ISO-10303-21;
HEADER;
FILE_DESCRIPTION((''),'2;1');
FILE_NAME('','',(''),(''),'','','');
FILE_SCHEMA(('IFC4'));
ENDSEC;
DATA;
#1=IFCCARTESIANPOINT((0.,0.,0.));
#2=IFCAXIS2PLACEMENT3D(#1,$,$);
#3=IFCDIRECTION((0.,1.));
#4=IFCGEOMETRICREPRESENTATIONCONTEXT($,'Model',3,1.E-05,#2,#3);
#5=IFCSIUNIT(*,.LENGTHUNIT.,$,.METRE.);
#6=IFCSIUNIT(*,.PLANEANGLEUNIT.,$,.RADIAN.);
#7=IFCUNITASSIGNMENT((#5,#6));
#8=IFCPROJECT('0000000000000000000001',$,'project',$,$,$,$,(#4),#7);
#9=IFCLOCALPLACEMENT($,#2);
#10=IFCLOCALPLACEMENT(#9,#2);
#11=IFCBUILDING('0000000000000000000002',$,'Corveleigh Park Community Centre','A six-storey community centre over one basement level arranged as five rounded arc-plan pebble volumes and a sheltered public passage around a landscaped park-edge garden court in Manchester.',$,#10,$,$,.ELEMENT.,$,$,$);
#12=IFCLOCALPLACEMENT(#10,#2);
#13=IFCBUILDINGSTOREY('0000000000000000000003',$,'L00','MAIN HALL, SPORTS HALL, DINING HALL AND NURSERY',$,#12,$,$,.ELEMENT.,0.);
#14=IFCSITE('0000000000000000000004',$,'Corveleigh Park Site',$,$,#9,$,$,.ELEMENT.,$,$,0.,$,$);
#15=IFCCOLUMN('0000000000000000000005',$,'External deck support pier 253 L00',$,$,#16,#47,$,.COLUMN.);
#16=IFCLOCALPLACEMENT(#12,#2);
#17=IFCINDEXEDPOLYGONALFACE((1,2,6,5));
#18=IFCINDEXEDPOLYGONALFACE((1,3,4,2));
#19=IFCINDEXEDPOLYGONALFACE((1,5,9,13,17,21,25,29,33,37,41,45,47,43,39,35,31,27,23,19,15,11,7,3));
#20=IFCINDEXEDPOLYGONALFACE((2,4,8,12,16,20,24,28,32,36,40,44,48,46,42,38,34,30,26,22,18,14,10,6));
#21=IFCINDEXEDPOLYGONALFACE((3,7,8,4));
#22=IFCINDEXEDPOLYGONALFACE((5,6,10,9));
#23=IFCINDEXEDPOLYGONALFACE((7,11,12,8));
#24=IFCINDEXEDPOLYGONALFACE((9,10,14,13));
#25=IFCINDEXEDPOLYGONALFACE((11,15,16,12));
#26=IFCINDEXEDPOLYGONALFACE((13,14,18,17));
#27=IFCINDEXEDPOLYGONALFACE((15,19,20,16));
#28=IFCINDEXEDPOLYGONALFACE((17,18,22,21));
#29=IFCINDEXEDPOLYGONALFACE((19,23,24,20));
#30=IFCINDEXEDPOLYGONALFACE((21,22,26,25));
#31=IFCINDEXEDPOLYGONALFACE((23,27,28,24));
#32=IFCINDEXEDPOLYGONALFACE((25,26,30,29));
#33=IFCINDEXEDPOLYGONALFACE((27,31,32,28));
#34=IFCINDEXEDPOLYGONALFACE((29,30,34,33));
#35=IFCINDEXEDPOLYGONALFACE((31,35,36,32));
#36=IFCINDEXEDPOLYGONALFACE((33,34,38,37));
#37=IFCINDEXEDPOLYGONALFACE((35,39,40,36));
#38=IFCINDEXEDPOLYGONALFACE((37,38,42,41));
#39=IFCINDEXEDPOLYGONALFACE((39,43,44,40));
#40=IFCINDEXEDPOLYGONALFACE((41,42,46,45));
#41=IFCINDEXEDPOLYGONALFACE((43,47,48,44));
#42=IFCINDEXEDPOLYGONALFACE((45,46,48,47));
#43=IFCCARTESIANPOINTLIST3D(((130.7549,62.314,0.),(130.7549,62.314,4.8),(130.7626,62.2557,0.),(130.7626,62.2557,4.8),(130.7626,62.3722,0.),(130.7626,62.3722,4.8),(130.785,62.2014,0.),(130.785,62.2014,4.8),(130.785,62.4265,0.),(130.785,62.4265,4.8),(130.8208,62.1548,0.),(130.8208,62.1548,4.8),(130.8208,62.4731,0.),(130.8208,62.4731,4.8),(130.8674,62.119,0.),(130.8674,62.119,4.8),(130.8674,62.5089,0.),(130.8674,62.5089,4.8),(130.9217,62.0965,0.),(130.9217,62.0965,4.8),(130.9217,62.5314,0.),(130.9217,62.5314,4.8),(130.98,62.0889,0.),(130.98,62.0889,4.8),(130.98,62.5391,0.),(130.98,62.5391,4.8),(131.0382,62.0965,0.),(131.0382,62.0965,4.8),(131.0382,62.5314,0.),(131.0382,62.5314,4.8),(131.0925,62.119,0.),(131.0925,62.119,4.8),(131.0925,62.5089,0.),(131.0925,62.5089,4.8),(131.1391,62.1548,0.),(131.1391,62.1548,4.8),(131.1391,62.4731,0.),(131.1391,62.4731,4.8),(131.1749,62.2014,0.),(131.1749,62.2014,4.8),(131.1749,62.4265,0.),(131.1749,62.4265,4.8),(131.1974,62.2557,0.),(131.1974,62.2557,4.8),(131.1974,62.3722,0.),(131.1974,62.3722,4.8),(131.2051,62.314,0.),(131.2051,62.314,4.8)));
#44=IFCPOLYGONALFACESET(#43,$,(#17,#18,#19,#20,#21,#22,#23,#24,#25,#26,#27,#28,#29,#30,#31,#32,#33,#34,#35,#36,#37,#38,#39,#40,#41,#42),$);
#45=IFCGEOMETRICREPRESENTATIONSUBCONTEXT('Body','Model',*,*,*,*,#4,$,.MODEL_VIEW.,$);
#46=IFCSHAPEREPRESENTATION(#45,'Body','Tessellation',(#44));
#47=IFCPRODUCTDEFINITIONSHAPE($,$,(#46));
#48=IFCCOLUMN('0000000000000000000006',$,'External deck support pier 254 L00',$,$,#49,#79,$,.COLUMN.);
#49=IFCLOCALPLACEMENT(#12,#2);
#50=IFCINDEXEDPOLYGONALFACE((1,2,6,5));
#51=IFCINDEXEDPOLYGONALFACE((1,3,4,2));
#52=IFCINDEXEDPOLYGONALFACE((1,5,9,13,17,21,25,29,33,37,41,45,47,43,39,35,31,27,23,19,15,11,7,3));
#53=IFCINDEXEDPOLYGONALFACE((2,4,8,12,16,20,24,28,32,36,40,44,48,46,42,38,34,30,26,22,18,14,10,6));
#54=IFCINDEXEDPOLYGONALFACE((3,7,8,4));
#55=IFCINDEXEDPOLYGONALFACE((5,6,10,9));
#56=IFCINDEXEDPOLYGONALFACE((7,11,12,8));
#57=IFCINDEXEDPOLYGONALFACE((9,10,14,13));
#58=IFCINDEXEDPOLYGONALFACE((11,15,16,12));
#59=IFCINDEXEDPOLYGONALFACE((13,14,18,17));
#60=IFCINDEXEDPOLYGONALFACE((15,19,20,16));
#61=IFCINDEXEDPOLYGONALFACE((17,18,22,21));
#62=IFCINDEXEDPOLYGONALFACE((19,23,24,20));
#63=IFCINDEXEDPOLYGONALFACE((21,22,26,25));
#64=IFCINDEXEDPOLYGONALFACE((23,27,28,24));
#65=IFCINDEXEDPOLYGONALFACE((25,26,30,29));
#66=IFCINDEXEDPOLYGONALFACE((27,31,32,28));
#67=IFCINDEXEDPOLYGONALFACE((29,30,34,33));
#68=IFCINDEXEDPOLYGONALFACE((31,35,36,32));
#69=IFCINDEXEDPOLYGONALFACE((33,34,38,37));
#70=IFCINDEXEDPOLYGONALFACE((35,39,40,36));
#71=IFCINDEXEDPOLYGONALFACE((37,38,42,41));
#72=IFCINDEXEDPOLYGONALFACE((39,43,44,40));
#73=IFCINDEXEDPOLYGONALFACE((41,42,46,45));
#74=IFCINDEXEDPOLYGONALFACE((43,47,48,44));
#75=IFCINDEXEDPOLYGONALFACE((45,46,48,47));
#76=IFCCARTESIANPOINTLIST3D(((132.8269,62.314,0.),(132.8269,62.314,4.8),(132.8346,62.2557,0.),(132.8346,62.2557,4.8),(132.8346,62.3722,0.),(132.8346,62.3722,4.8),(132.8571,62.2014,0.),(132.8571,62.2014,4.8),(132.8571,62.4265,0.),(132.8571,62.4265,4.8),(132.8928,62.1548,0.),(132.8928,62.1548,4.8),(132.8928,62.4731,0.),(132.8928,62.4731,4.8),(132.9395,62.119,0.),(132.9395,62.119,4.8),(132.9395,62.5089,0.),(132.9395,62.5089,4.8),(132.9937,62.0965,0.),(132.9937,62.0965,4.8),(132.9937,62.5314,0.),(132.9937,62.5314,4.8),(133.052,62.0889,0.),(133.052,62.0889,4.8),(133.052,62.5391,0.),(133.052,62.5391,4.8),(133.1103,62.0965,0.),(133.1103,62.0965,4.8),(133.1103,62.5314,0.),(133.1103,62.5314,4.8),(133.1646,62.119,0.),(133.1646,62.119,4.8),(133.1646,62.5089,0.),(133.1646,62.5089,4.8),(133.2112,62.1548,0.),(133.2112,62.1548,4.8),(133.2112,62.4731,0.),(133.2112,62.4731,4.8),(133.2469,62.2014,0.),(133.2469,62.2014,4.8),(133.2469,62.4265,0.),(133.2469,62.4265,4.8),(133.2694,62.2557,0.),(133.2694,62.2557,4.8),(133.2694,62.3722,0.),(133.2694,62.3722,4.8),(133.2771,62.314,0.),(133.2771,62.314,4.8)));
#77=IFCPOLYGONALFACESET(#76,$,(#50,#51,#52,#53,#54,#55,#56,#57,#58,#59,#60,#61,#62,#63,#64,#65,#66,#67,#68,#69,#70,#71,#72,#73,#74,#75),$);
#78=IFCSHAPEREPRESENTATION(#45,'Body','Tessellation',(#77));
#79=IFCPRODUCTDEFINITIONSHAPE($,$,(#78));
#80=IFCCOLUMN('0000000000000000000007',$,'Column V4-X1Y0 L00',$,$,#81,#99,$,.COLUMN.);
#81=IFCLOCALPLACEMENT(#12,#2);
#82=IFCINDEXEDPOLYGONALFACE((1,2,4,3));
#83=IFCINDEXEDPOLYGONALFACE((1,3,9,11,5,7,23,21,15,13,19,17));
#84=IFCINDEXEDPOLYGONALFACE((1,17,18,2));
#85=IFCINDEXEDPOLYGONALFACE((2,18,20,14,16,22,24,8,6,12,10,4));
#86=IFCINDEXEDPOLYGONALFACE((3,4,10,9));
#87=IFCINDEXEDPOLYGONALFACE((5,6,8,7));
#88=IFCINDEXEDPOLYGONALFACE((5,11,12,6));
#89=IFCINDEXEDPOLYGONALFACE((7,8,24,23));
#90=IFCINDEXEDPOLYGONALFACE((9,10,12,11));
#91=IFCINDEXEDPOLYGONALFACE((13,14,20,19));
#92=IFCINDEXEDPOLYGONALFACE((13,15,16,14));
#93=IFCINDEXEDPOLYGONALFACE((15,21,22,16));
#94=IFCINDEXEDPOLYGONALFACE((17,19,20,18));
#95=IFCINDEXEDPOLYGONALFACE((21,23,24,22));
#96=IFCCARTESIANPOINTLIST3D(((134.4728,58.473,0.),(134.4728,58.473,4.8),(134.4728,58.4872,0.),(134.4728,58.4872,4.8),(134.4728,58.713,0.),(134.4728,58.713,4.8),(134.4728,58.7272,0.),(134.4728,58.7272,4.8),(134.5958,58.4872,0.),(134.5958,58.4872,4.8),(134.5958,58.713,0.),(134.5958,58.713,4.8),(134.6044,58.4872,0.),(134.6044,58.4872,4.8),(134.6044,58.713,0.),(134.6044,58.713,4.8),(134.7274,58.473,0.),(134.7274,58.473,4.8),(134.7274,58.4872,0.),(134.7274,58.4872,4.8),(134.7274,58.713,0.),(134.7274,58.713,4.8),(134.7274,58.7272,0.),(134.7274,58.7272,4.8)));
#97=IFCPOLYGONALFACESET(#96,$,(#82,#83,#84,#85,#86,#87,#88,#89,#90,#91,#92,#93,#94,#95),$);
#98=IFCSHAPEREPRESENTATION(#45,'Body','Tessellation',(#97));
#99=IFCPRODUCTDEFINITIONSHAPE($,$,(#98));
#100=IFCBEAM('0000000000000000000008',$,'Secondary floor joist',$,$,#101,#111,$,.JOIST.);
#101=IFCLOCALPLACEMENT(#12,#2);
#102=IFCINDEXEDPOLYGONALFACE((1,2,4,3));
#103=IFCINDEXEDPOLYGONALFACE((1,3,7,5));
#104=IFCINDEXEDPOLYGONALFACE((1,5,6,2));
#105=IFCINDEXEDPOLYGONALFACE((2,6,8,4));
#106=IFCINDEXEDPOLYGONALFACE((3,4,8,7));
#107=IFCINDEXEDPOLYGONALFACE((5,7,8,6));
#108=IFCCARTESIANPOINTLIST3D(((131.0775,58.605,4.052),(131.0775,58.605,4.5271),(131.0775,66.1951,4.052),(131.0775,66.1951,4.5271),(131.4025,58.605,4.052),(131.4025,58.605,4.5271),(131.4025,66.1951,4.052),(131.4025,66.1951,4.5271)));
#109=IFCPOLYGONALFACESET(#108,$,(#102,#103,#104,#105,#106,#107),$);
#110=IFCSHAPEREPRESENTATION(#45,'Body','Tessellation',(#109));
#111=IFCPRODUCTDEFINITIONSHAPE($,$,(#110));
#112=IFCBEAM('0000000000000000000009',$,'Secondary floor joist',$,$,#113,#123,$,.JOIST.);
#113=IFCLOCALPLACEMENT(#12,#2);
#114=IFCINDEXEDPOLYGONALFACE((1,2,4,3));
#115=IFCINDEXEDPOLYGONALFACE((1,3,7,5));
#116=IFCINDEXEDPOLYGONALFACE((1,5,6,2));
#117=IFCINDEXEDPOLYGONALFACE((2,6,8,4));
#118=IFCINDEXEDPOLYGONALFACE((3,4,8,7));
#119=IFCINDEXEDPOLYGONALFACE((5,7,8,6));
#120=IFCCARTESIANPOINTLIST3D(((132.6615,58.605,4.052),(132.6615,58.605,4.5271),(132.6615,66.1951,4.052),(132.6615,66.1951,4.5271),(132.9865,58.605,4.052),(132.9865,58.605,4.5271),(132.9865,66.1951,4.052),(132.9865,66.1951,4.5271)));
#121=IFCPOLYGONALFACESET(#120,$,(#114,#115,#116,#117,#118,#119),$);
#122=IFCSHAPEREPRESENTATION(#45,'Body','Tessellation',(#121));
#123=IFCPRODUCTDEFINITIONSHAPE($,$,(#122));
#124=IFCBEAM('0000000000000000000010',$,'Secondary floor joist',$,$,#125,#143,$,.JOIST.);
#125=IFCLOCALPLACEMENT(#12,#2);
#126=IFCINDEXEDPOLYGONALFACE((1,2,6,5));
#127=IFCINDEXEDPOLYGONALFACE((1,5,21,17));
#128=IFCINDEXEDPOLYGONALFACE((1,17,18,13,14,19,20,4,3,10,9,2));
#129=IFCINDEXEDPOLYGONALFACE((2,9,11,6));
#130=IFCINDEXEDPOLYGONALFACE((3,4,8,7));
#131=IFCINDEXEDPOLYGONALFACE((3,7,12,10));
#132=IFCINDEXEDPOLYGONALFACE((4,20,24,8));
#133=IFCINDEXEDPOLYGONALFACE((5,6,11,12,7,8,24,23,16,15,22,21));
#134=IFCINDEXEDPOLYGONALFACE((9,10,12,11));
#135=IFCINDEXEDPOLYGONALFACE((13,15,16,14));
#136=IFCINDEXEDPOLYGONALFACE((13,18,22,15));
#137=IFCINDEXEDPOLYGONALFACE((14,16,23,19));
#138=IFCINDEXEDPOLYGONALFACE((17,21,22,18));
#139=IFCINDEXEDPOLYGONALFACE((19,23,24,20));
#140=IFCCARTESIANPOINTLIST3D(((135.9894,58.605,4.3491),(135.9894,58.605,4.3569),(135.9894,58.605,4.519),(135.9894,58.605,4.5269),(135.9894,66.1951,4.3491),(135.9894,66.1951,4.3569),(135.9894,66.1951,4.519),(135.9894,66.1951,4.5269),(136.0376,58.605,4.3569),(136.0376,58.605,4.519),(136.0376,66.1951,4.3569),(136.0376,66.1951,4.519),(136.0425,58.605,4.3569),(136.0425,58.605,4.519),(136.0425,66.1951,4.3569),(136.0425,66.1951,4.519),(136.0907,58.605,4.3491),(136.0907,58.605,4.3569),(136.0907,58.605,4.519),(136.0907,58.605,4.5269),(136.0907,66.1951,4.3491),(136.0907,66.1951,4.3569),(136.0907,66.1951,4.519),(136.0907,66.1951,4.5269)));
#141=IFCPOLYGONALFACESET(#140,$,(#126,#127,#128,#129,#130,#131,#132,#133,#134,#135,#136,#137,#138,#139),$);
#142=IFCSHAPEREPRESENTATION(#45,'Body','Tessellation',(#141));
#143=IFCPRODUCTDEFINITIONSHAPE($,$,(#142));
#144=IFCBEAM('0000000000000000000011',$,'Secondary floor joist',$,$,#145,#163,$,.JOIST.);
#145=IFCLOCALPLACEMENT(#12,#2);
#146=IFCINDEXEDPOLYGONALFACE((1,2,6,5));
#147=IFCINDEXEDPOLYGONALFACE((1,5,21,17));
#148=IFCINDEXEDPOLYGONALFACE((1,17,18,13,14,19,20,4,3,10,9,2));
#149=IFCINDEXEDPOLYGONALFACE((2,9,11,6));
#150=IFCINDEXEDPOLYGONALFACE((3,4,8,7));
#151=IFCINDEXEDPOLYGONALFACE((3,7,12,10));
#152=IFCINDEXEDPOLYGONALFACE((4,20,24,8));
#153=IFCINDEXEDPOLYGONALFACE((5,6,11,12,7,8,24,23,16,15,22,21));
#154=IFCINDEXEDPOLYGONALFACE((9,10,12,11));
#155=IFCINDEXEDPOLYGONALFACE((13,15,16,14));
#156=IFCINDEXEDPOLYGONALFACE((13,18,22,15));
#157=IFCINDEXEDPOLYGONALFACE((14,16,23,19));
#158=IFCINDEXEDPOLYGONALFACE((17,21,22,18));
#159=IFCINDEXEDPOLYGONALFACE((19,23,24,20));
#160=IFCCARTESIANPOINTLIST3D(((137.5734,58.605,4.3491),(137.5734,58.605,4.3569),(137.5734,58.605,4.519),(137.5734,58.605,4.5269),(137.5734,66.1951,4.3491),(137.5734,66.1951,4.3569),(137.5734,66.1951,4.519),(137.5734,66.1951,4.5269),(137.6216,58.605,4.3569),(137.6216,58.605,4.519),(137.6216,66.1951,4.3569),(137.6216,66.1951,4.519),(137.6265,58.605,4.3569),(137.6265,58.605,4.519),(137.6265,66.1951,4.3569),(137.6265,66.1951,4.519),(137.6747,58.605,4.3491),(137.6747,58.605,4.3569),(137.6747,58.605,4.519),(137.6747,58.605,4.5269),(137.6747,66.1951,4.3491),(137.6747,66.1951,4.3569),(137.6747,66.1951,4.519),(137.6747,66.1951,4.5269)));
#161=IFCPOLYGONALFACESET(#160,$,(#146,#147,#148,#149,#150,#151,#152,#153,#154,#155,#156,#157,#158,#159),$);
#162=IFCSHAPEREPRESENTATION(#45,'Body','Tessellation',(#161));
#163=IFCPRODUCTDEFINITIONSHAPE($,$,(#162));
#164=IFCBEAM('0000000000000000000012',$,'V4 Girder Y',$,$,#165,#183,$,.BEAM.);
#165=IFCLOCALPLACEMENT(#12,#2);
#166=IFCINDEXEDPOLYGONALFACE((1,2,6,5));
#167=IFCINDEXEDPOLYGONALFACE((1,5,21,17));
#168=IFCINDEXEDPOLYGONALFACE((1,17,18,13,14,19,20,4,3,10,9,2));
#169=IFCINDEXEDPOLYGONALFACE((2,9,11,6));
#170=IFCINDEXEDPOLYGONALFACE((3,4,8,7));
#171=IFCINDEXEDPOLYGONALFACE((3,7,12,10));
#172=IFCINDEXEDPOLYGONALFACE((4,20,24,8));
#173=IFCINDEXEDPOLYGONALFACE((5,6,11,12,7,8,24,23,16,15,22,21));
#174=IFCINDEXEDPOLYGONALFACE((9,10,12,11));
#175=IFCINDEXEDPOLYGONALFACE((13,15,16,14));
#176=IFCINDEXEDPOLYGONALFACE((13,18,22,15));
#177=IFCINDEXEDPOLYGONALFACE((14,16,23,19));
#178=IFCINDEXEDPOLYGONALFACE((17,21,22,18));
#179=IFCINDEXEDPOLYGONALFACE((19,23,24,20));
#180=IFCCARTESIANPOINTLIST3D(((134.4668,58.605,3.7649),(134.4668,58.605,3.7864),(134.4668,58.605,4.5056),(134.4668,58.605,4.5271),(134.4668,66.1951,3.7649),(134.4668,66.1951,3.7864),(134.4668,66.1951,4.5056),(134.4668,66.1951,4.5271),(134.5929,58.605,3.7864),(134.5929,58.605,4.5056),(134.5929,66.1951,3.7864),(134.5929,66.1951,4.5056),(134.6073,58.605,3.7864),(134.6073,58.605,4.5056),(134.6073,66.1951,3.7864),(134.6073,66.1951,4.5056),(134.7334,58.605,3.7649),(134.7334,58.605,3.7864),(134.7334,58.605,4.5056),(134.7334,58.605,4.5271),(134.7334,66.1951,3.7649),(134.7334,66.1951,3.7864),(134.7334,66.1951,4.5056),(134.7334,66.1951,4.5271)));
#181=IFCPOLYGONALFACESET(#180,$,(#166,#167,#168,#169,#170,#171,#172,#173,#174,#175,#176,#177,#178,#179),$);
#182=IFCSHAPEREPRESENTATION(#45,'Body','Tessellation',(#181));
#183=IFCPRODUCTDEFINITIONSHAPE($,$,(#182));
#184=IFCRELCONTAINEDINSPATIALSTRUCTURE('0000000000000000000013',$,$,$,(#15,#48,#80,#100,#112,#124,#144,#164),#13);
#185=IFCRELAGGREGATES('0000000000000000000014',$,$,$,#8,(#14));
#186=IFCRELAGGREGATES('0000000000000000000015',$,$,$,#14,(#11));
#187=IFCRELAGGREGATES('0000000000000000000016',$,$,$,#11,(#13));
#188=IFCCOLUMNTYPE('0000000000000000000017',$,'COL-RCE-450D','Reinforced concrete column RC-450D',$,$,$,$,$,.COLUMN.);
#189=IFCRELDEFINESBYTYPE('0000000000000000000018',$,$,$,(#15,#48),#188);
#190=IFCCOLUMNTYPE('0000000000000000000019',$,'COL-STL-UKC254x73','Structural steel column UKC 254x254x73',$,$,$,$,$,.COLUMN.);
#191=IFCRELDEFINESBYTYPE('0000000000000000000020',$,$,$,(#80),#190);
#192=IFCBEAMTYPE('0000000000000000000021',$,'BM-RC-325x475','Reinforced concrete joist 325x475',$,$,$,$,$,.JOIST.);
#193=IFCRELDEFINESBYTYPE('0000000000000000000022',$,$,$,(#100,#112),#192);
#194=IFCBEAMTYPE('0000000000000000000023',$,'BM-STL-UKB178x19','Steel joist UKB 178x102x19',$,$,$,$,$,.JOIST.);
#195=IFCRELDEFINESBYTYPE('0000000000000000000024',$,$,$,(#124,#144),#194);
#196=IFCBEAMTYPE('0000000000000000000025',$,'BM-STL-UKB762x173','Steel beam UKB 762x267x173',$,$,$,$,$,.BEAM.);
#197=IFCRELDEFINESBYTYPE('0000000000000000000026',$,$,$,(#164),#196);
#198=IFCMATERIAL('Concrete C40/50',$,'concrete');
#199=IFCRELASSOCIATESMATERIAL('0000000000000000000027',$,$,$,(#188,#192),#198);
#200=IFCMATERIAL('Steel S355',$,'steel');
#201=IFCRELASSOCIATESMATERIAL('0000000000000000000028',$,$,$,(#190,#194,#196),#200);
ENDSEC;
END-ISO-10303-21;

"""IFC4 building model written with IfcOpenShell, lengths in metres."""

from ifc_helpers import new_model, si_unit, direction, frame, origin, origin_2d, place, context, subcontext, project, spatial, rectangle, circle, i_section, extrude, material, material_profile, profile_set, type_object, element, save


model = new_model("IFC4")

# Units and contexts
model_context = context("Model", 3, precision=1e-05, world=origin(), true_north=direction((0.0, 1.0)))
body_context = subcontext(model_context, "Body", "Model", "MODEL_VIEW")
ifc_project = project(units=[si_unit("LENGTHUNIT", "METRE"), si_unit("PLANEANGLEUNIT", "RADIAN")], contexts=[model_context])

# Site, building, storey
site_placement = place(None, origin())
site = spatial("IfcSite", under=ifc_project, at=site_placement, Name="Corveleigh Park Site", CompositionType="ELEMENT", RefElevation=0.0)
building_placement = place(site_placement, origin())
building = spatial("IfcBuilding", under=site, at=building_placement, Name="Corveleigh Park Community Centre", Description="A six-storey community centre over one basement level arranged as five rounded arc-plan pebble volumes and a sheltered public passage around a landscaped park-edge garden court in Manchester.", CompositionType="ELEMENT")
storey_placement = place(building_placement, origin())
storey = spatial("IfcBuildingStorey", under=building, at=storey_placement, Name="L00", Description="MAIN HALL, SPORTS HALL, DINING HALL AND NURSERY", CompositionType="ELEMENT", Elevation=0.0)

# Columns
ifc_material_1 = material(Name="Concrete C40/50", Category="concrete")
ifc_material_profile_1 = material_profile(ifc_material_1, circle(Radius=0.2251, at=origin_2d()), Name="RC-450D", Category="concrete")
ifc_profile_set_1 = profile_set([ifc_material_profile_1], Name="Concrete C40/50")
column_type_1 = type_object("IfcColumnType", Name="COL-RCE-450D", Description="Reinforced concrete column RC-450D", PredefinedType="COLUMN", material=ifc_profile_set_1)
for number, where, z_axis, x_axis, name in (
    (1, (130.98, 62.314, 0.0), (0.0, 0.0, 1.0), (1.0, 0.0, 0.0), "External deck support pier 253 L00"),
    (2, (133.052, 62.314, 0.0), (0.0, 0.0, 1.0), (1.0, 0.0, 0.0), "External deck support pier 254 L00"),
):
    element("IfcColumn", number, at=place(storey_placement, frame(where, z_axis=z_axis, x_axis=x_axis)), inside=storey, type_object=column_type_1, Name=name, PredefinedType="COLUMN", context=body_context, shape_type="SweptSolid", body=[
        extrude(circle(Radius=0.2251, at=origin_2d()), origin(), (0.0, 0.0, 1.0), 4.8),
    ])
ifc_material_2 = material(Name="Steel S355", Category="steel")
ifc_material_profile_2 = material_profile(ifc_material_2, i_section(OverallWidth=0.2546, OverallDepth=0.2542, WebThickness=0.0085, FlangeThickness=0.0142, at=origin_2d()), Name="UKC 254x254x73", Category="steel")
ifc_profile_set_2 = profile_set([ifc_material_profile_2], Name="Steel S355")
column_type_2 = type_object("IfcColumnType", Name="COL-STL-UKC254x73", Description="Structural steel column UKC 254x254x73", PredefinedType="COLUMN", material=ifc_profile_set_2)
column_placement = place(storey_placement, frame((134.6001, 58.6001, 0.0), z_axis=(0.0, 0.0, 1.0), x_axis=(1.0, 0.0, 0.0)))
element("IfcColumn", 3, at=column_placement, inside=storey, type_object=column_type_2, Name="Column V4-X1Y0 L00", PredefinedType="COLUMN", context=body_context, shape_type="SweptSolid", body=[
    extrude(i_section(OverallWidth=0.2546, OverallDepth=0.2542, WebThickness=0.0085, FlangeThickness=0.0142, at=origin_2d()), origin(), (0.0, 0.0, 1.0), 4.8),
])

# Beams
ifc_material_profile_3 = material_profile(ifc_material_1, rectangle(XDim=0.325, YDim=0.4751, at=origin_2d()), Name="RC-325x475", Category="concrete")
ifc_profile_set_3 = profile_set([ifc_material_profile_3], Name="Concrete C40/50")
beam_type_1 = type_object("IfcBeamType", Name="BM-RC-325x475", Description="Reinforced concrete joist 325x475", PredefinedType="JOIST", material=ifc_profile_set_3)
for number, where, z_axis, x_axis, name in (
    (4, (131.24, 58.605, 4.2896), (0.0, 1.0, 0.0), (-1.0, 0.0, 0.0), "Secondary floor joist"),
    (5, (132.824, 58.605, 4.2896), (0.0, 1.0, 0.0), (-1.0, 0.0, 0.0), "Secondary floor joist"),
):
    element("IfcBeam", number, at=place(storey_placement, frame(where, z_axis=z_axis, x_axis=x_axis)), inside=storey, type_object=beam_type_1, Name=name, PredefinedType="JOIST", context=body_context, shape_type="SweptSolid", body=[
        extrude(rectangle(XDim=0.325, YDim=0.4751, at=origin_2d()), origin(), (0.0, 0.0, 1.0), 7.5901),
    ])
ifc_material_profile_4 = material_profile(ifc_material_2, i_section(OverallWidth=0.1013, OverallDepth=0.1777, WebThickness=0.0049, FlangeThickness=0.0078, at=origin_2d()), Name="UKB 178x102x19", Category="steel")
ifc_profile_set_4 = profile_set([ifc_material_profile_4], Name="Steel S355")
beam_type_2 = type_object("IfcBeamType", Name="BM-STL-UKB178x19", Description="Steel joist UKB 178x102x19", PredefinedType="JOIST", material=ifc_profile_set_4)
for number, where, z_axis, x_axis, name in (
    (6, (136.04, 58.605, 4.438), (0.0, 1.0, 0.0), (-1.0, 0.0, 0.0), "Secondary floor joist"),
    (7, (137.624, 58.605, 4.438), (0.0, 1.0, 0.0), (-1.0, 0.0, 0.0), "Secondary floor joist"),
):
    element("IfcBeam", number, at=place(storey_placement, frame(where, z_axis=z_axis, x_axis=x_axis)), inside=storey, type_object=beam_type_2, Name=name, PredefinedType="JOIST", context=body_context, shape_type="SweptSolid", body=[
        extrude(i_section(OverallWidth=0.1013, OverallDepth=0.1777, WebThickness=0.0049, FlangeThickness=0.0078, at=origin_2d()), origin(), (0.0, 0.0, 1.0), 7.5901),
    ])
ifc_material_profile_5 = material_profile(ifc_material_2, i_section(OverallWidth=0.2666, OverallDepth=0.7622, WebThickness=0.0144, FlangeThickness=0.0215, at=origin_2d()), Name="UKB 762x267x173", Category="steel")
ifc_profile_set_5 = profile_set([ifc_material_profile_5], Name="Steel S355")
beam_type_3 = type_object("IfcBeamType", Name="BM-STL-UKB762x173", Description="Steel beam UKB 762x267x173", PredefinedType="BEAM", material=ifc_profile_set_5)
beam_1_placement = place(storey_placement, frame((134.6001, 58.605, 4.146), z_axis=(0.0, 1.0, 0.0), x_axis=(-1.0, 0.0, 0.0)))
element("IfcBeam", 8, at=beam_1_placement, inside=storey, type_object=beam_type_3, Name="V4 Girder Y", PredefinedType="BEAM", context=body_context, shape_type="SweptSolid", body=[
    extrude(i_section(OverallWidth=0.2666, OverallDepth=0.7622, WebThickness=0.0144, FlangeThickness=0.0215, at=origin_2d()), origin(), (0.0, 0.0, 1.0), 7.5901),
])

save(model, "model.ifc")
